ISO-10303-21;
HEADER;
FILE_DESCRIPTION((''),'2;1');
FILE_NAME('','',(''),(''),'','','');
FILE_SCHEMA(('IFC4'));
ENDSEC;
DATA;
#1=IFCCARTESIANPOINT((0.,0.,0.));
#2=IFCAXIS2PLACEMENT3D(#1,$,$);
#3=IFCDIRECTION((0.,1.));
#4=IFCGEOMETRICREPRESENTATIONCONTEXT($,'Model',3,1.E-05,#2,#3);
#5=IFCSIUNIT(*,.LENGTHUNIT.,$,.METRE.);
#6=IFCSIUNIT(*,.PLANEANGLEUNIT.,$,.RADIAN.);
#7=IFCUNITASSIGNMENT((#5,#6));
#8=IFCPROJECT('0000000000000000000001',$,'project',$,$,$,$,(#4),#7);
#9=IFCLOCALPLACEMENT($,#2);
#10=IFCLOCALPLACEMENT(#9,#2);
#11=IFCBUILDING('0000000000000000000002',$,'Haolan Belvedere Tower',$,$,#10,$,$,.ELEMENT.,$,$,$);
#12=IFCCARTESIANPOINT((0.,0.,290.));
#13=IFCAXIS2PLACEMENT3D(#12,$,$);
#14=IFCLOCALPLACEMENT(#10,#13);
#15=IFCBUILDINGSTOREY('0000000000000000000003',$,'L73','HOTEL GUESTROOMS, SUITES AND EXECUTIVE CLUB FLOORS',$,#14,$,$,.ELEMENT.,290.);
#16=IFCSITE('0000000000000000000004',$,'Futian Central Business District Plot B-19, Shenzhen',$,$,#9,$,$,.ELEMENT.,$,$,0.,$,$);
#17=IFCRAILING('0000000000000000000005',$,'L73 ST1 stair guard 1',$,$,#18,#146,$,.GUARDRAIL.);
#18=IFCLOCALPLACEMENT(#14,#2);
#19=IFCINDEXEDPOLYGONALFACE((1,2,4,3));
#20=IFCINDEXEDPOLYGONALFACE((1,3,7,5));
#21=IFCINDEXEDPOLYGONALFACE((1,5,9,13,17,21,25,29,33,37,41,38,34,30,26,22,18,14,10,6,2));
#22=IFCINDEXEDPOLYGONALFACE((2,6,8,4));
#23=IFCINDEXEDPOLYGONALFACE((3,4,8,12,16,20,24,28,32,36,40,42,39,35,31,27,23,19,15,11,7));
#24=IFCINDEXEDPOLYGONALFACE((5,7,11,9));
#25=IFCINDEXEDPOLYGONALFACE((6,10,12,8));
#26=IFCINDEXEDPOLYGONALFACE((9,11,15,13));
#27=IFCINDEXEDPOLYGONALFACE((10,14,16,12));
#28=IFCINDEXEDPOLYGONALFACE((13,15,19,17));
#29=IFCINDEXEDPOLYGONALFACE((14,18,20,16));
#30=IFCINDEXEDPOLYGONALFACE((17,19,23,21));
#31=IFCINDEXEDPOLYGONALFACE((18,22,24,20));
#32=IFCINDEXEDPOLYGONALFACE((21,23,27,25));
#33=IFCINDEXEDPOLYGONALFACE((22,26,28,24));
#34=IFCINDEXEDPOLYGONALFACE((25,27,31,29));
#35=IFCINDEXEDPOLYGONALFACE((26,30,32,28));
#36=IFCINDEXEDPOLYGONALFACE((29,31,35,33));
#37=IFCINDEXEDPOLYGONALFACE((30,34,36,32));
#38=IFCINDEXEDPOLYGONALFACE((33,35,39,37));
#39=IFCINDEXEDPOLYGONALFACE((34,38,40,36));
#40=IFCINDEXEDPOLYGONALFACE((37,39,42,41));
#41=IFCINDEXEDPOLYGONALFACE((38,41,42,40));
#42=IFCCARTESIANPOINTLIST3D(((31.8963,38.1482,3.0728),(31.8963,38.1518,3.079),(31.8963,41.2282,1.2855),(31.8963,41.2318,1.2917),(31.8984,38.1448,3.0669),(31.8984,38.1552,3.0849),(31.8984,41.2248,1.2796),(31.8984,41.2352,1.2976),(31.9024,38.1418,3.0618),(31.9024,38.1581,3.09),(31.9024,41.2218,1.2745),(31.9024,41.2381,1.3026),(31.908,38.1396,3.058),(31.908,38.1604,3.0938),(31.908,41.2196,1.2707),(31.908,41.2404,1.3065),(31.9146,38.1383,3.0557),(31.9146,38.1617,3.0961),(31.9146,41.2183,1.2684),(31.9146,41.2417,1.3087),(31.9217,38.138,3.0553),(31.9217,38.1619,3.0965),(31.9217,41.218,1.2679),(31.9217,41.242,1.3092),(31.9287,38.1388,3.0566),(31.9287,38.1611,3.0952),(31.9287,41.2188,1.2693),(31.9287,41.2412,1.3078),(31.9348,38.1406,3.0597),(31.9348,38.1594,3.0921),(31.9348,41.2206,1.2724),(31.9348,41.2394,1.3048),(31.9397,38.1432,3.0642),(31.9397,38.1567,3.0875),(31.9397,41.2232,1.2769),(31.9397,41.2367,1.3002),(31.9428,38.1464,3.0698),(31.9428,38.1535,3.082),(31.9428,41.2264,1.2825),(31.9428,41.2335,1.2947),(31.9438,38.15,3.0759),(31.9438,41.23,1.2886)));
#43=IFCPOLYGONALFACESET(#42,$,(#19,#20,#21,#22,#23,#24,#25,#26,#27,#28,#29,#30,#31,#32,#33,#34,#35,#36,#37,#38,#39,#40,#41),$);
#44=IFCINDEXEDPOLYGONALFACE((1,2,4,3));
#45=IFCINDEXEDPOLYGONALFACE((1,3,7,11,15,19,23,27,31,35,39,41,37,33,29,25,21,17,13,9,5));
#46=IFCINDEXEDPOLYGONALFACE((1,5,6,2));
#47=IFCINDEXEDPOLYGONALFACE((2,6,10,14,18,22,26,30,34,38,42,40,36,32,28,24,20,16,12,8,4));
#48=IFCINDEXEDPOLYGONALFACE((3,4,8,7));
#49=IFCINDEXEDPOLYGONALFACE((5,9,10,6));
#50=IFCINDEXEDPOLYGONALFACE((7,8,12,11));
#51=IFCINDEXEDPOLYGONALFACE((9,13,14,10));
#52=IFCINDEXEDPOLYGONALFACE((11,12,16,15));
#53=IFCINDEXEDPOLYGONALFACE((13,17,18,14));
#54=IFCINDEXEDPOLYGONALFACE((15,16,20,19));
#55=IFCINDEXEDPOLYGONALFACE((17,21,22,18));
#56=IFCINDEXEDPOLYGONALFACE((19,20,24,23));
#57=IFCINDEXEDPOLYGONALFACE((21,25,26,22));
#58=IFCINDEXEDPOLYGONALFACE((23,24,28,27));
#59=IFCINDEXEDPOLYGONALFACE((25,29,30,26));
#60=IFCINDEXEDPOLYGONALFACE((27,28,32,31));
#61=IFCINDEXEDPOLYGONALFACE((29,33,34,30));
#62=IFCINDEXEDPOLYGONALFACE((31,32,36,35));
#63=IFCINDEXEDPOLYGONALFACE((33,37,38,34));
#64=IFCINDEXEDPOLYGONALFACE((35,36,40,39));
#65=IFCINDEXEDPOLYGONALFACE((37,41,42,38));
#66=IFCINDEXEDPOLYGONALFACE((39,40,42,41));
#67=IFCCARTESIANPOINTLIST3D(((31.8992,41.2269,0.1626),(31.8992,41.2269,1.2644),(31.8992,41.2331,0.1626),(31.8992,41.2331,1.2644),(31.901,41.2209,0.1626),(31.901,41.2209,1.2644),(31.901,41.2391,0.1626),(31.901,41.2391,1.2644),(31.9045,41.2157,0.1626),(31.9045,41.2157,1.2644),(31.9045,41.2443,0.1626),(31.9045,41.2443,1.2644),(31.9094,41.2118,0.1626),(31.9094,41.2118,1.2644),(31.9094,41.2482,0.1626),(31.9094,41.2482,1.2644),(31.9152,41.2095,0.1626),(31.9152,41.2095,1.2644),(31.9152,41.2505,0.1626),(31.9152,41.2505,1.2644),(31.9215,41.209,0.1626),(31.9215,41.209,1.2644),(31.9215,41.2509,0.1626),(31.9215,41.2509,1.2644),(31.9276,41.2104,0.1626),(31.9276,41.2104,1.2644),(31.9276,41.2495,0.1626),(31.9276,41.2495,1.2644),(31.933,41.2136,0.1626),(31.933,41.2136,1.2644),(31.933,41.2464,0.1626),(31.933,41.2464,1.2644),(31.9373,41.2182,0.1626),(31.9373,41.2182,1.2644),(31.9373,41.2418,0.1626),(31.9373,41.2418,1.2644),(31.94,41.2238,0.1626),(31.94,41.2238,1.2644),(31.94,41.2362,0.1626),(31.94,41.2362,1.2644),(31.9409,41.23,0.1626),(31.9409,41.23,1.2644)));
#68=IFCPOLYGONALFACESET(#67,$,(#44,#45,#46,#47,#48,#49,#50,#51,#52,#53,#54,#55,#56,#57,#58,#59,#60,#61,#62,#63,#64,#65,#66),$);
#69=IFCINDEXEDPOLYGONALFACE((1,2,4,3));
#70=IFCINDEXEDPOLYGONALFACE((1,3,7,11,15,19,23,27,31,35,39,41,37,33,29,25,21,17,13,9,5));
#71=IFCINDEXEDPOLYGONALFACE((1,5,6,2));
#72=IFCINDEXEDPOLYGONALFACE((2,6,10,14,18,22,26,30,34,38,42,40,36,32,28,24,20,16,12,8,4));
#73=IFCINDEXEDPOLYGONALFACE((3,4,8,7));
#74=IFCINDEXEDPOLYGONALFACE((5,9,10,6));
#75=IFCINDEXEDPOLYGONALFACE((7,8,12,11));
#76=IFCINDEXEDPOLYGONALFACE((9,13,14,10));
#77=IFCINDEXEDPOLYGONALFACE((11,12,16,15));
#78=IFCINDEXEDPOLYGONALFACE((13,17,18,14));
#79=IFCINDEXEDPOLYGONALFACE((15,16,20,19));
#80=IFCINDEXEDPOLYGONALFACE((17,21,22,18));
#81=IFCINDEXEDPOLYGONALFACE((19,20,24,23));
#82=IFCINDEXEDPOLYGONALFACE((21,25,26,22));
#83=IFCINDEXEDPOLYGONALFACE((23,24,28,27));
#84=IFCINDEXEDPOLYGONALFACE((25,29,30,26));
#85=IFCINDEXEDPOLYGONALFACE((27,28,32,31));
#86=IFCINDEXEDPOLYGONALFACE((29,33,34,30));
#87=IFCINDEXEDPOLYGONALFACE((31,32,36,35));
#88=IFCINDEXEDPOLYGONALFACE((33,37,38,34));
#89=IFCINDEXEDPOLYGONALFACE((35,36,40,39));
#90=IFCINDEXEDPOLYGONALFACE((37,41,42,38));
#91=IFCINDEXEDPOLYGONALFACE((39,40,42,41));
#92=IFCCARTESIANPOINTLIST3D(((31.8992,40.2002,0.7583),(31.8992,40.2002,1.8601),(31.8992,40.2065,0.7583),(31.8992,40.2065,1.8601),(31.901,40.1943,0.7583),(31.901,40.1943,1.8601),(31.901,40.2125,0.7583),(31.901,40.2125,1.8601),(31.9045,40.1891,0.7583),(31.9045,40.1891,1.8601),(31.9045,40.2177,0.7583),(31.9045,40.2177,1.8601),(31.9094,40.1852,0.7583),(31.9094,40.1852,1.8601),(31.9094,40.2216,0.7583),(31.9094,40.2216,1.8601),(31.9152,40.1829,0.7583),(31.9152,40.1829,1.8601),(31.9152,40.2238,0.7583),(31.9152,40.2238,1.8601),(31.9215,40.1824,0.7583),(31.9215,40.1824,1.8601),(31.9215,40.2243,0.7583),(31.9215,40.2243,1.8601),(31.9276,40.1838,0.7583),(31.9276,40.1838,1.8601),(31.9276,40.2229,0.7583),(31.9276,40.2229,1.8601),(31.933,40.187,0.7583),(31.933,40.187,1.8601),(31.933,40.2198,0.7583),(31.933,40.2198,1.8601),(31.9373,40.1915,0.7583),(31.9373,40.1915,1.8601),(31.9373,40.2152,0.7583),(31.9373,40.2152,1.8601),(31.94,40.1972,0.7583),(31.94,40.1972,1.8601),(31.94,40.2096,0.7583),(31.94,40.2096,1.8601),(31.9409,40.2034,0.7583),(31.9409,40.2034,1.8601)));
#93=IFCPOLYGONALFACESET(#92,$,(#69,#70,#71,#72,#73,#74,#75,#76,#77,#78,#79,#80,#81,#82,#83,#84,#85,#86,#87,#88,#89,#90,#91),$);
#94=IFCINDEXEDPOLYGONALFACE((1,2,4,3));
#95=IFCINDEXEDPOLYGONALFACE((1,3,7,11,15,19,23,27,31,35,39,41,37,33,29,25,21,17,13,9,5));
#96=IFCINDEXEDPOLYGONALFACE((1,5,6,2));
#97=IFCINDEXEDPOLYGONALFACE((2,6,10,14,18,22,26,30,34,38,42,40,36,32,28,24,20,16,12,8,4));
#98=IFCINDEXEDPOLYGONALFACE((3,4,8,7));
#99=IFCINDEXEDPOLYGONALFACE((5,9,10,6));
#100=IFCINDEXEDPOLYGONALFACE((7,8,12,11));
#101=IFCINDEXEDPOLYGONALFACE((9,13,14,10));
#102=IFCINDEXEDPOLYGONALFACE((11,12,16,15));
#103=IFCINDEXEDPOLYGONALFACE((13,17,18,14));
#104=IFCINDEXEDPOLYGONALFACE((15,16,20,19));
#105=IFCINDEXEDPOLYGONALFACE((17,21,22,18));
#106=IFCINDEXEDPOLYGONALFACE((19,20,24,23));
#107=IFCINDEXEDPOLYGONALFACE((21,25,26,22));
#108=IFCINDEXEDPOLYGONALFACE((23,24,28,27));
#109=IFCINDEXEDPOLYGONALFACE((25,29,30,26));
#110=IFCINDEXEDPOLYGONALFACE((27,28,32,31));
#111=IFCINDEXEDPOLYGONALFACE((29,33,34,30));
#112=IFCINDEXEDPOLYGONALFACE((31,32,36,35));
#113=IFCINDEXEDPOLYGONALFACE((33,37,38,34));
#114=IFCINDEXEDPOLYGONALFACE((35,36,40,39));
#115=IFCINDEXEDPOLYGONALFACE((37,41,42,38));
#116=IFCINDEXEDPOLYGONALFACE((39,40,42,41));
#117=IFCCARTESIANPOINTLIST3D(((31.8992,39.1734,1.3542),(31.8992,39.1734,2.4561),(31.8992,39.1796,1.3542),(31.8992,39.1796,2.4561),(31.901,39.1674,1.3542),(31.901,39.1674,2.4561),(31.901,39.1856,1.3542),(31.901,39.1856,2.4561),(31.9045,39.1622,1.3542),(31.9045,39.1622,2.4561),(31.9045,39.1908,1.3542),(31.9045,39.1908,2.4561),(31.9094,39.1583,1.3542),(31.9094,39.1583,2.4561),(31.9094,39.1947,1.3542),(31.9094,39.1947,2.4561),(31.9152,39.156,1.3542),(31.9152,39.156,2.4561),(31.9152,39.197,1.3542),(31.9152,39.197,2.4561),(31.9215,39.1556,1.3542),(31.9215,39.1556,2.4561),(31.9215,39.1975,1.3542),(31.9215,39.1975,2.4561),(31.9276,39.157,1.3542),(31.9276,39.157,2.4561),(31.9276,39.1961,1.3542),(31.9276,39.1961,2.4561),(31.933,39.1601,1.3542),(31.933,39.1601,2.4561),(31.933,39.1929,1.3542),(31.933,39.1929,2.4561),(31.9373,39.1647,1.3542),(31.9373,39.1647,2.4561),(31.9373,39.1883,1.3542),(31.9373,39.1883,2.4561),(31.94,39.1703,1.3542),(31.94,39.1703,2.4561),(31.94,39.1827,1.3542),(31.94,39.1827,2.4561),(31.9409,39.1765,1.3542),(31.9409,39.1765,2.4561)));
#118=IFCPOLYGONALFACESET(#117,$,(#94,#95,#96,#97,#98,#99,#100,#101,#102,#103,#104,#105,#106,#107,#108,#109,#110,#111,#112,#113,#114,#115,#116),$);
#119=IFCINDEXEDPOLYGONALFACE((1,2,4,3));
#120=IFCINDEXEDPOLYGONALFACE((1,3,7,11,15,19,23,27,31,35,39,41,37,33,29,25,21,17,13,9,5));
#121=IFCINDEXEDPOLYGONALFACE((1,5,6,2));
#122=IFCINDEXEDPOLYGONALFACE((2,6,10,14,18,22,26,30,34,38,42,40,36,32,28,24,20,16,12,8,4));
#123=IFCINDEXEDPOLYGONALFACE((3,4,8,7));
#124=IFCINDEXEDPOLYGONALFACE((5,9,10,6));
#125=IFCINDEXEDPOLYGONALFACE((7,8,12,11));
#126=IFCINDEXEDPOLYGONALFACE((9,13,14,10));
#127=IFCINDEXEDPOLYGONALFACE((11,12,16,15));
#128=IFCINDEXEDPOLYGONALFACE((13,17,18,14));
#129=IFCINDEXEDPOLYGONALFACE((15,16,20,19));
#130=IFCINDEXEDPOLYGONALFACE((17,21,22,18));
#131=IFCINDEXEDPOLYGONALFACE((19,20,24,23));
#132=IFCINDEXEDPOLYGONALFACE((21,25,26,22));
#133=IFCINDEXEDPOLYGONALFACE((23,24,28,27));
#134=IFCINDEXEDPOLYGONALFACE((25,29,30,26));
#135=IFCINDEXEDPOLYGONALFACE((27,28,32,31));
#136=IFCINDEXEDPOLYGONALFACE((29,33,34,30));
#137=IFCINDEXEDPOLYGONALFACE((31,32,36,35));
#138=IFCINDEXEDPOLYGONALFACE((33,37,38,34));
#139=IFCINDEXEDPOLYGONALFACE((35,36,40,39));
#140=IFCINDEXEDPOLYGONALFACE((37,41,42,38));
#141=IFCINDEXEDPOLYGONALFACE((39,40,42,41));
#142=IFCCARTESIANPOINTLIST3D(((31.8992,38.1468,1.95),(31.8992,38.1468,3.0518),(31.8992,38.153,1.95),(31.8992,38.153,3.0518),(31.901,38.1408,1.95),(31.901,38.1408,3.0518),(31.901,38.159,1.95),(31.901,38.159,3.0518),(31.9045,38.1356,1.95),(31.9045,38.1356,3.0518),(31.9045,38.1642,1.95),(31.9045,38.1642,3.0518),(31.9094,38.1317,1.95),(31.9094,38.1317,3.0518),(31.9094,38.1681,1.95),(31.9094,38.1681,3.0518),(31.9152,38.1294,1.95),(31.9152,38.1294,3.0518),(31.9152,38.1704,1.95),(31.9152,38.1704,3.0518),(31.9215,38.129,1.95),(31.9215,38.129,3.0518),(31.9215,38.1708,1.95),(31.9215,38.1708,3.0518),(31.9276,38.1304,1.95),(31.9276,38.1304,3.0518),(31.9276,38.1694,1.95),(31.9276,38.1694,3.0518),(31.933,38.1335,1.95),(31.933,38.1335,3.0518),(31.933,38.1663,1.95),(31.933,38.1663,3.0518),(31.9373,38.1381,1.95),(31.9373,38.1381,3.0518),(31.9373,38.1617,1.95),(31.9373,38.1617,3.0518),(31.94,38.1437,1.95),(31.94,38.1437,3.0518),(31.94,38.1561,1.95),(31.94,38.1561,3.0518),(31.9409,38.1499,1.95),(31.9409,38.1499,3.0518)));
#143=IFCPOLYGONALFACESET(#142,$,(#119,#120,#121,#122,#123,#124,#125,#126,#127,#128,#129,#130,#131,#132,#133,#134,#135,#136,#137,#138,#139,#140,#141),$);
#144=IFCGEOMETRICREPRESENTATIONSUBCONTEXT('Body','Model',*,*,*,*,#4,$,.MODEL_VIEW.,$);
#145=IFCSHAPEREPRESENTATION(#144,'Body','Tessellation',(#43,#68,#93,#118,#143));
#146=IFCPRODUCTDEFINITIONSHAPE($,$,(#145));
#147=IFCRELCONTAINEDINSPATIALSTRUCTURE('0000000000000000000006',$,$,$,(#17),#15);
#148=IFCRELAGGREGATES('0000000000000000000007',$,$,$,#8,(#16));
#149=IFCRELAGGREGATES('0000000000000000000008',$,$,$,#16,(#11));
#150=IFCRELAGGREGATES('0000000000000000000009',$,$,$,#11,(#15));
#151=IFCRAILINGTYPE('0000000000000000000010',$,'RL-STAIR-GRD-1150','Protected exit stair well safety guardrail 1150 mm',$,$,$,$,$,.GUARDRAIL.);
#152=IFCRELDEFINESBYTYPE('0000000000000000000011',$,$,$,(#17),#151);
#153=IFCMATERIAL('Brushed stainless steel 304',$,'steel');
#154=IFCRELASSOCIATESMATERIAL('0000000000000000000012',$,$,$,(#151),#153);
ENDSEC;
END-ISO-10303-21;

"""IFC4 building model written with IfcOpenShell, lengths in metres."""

from ifc_helpers import new_model, si_unit, direction, frame, origin, origin_2d, place, context, subcontext, project, spatial, circle, extrude, material, type_object, element, save


model = new_model("IFC4")

# Units and contexts
model_context = context("Model", 3, precision=1e-05, world=origin(), true_north=direction((0.0, 1.0)))
body_context = subcontext(model_context, "Body", "Model", "MODEL_VIEW")
ifc_project = project(units=[si_unit("LENGTHUNIT", "METRE"), si_unit("PLANEANGLEUNIT", "RADIAN")], contexts=[model_context])

# Site, building, storey
site_placement = place(None, origin())
site = spatial("IfcSite", under=ifc_project, at=site_placement, Name="Futian Central Business District Plot B-19, Shenzhen", CompositionType="ELEMENT", RefElevation=0.0)
building_placement = place(site_placement, origin())
building = spatial("IfcBuilding", under=site, at=building_placement, Name="Haolan Belvedere Tower", CompositionType="ELEMENT")
storey_placement = place(building_placement, frame((0.0, 0.0, 290.0)))
storey = spatial("IfcBuildingStorey", under=building, at=storey_placement, Name="L73", Description="HOTEL GUESTROOMS, SUITES AND EXECUTIVE CLUB FLOORS", CompositionType="ELEMENT", Elevation=290.0)

# Railing
ifc_material_1 = material(Name="Brushed stainless steel 304", Category="steel")
railing_type_1 = type_object("IfcRailingType", Name="RL-STAIR-GRD-1150", Description="Protected exit stair well safety guardrail 1150 mm", PredefinedType="GUARDRAIL", material=ifc_material_1)
railing_1_placement = place(storey_placement, frame((31.9199, 41.23, 0.1626)))
element("IfcRailing", 1, at=railing_1_placement, inside=storey, type_object=railing_type_1, Name="L73 ST1 stair guard 1", PredefinedType="GUARDRAIL", context=body_context, shape_type="SweptSolid", body=[
    extrude(circle(Radius=0.0239, at=origin_2d()), frame((0.0, 0.0, 1.126), z_axis=(0.0, -0.86492, 0.501909), x_axis=(1.0, 0.0, 0.0)), (0.0, 0.0, 1.0), 3.561),
    extrude(circle(Radius=0.021, at=origin_2d()), origin(), (0.0, 0.0, 1.0), 1.1018),
    extrude(circle(Radius=0.021, at=origin_2d()), frame((0.0, -1.0266, 0.5957)), (0.0, 0.0, 1.0), 1.1018),
    extrude(circle(Radius=0.021, at=origin_2d()), frame((0.0, -2.0535, 1.1917)), (0.0, 0.0, 1.0), 1.1018),
    extrude(circle(Radius=0.021, at=origin_2d()), frame((0.0, -3.0801, 1.7874)), (0.0, 0.0, 1.0), 1.1018),
])

save(model, "model.ifc")
